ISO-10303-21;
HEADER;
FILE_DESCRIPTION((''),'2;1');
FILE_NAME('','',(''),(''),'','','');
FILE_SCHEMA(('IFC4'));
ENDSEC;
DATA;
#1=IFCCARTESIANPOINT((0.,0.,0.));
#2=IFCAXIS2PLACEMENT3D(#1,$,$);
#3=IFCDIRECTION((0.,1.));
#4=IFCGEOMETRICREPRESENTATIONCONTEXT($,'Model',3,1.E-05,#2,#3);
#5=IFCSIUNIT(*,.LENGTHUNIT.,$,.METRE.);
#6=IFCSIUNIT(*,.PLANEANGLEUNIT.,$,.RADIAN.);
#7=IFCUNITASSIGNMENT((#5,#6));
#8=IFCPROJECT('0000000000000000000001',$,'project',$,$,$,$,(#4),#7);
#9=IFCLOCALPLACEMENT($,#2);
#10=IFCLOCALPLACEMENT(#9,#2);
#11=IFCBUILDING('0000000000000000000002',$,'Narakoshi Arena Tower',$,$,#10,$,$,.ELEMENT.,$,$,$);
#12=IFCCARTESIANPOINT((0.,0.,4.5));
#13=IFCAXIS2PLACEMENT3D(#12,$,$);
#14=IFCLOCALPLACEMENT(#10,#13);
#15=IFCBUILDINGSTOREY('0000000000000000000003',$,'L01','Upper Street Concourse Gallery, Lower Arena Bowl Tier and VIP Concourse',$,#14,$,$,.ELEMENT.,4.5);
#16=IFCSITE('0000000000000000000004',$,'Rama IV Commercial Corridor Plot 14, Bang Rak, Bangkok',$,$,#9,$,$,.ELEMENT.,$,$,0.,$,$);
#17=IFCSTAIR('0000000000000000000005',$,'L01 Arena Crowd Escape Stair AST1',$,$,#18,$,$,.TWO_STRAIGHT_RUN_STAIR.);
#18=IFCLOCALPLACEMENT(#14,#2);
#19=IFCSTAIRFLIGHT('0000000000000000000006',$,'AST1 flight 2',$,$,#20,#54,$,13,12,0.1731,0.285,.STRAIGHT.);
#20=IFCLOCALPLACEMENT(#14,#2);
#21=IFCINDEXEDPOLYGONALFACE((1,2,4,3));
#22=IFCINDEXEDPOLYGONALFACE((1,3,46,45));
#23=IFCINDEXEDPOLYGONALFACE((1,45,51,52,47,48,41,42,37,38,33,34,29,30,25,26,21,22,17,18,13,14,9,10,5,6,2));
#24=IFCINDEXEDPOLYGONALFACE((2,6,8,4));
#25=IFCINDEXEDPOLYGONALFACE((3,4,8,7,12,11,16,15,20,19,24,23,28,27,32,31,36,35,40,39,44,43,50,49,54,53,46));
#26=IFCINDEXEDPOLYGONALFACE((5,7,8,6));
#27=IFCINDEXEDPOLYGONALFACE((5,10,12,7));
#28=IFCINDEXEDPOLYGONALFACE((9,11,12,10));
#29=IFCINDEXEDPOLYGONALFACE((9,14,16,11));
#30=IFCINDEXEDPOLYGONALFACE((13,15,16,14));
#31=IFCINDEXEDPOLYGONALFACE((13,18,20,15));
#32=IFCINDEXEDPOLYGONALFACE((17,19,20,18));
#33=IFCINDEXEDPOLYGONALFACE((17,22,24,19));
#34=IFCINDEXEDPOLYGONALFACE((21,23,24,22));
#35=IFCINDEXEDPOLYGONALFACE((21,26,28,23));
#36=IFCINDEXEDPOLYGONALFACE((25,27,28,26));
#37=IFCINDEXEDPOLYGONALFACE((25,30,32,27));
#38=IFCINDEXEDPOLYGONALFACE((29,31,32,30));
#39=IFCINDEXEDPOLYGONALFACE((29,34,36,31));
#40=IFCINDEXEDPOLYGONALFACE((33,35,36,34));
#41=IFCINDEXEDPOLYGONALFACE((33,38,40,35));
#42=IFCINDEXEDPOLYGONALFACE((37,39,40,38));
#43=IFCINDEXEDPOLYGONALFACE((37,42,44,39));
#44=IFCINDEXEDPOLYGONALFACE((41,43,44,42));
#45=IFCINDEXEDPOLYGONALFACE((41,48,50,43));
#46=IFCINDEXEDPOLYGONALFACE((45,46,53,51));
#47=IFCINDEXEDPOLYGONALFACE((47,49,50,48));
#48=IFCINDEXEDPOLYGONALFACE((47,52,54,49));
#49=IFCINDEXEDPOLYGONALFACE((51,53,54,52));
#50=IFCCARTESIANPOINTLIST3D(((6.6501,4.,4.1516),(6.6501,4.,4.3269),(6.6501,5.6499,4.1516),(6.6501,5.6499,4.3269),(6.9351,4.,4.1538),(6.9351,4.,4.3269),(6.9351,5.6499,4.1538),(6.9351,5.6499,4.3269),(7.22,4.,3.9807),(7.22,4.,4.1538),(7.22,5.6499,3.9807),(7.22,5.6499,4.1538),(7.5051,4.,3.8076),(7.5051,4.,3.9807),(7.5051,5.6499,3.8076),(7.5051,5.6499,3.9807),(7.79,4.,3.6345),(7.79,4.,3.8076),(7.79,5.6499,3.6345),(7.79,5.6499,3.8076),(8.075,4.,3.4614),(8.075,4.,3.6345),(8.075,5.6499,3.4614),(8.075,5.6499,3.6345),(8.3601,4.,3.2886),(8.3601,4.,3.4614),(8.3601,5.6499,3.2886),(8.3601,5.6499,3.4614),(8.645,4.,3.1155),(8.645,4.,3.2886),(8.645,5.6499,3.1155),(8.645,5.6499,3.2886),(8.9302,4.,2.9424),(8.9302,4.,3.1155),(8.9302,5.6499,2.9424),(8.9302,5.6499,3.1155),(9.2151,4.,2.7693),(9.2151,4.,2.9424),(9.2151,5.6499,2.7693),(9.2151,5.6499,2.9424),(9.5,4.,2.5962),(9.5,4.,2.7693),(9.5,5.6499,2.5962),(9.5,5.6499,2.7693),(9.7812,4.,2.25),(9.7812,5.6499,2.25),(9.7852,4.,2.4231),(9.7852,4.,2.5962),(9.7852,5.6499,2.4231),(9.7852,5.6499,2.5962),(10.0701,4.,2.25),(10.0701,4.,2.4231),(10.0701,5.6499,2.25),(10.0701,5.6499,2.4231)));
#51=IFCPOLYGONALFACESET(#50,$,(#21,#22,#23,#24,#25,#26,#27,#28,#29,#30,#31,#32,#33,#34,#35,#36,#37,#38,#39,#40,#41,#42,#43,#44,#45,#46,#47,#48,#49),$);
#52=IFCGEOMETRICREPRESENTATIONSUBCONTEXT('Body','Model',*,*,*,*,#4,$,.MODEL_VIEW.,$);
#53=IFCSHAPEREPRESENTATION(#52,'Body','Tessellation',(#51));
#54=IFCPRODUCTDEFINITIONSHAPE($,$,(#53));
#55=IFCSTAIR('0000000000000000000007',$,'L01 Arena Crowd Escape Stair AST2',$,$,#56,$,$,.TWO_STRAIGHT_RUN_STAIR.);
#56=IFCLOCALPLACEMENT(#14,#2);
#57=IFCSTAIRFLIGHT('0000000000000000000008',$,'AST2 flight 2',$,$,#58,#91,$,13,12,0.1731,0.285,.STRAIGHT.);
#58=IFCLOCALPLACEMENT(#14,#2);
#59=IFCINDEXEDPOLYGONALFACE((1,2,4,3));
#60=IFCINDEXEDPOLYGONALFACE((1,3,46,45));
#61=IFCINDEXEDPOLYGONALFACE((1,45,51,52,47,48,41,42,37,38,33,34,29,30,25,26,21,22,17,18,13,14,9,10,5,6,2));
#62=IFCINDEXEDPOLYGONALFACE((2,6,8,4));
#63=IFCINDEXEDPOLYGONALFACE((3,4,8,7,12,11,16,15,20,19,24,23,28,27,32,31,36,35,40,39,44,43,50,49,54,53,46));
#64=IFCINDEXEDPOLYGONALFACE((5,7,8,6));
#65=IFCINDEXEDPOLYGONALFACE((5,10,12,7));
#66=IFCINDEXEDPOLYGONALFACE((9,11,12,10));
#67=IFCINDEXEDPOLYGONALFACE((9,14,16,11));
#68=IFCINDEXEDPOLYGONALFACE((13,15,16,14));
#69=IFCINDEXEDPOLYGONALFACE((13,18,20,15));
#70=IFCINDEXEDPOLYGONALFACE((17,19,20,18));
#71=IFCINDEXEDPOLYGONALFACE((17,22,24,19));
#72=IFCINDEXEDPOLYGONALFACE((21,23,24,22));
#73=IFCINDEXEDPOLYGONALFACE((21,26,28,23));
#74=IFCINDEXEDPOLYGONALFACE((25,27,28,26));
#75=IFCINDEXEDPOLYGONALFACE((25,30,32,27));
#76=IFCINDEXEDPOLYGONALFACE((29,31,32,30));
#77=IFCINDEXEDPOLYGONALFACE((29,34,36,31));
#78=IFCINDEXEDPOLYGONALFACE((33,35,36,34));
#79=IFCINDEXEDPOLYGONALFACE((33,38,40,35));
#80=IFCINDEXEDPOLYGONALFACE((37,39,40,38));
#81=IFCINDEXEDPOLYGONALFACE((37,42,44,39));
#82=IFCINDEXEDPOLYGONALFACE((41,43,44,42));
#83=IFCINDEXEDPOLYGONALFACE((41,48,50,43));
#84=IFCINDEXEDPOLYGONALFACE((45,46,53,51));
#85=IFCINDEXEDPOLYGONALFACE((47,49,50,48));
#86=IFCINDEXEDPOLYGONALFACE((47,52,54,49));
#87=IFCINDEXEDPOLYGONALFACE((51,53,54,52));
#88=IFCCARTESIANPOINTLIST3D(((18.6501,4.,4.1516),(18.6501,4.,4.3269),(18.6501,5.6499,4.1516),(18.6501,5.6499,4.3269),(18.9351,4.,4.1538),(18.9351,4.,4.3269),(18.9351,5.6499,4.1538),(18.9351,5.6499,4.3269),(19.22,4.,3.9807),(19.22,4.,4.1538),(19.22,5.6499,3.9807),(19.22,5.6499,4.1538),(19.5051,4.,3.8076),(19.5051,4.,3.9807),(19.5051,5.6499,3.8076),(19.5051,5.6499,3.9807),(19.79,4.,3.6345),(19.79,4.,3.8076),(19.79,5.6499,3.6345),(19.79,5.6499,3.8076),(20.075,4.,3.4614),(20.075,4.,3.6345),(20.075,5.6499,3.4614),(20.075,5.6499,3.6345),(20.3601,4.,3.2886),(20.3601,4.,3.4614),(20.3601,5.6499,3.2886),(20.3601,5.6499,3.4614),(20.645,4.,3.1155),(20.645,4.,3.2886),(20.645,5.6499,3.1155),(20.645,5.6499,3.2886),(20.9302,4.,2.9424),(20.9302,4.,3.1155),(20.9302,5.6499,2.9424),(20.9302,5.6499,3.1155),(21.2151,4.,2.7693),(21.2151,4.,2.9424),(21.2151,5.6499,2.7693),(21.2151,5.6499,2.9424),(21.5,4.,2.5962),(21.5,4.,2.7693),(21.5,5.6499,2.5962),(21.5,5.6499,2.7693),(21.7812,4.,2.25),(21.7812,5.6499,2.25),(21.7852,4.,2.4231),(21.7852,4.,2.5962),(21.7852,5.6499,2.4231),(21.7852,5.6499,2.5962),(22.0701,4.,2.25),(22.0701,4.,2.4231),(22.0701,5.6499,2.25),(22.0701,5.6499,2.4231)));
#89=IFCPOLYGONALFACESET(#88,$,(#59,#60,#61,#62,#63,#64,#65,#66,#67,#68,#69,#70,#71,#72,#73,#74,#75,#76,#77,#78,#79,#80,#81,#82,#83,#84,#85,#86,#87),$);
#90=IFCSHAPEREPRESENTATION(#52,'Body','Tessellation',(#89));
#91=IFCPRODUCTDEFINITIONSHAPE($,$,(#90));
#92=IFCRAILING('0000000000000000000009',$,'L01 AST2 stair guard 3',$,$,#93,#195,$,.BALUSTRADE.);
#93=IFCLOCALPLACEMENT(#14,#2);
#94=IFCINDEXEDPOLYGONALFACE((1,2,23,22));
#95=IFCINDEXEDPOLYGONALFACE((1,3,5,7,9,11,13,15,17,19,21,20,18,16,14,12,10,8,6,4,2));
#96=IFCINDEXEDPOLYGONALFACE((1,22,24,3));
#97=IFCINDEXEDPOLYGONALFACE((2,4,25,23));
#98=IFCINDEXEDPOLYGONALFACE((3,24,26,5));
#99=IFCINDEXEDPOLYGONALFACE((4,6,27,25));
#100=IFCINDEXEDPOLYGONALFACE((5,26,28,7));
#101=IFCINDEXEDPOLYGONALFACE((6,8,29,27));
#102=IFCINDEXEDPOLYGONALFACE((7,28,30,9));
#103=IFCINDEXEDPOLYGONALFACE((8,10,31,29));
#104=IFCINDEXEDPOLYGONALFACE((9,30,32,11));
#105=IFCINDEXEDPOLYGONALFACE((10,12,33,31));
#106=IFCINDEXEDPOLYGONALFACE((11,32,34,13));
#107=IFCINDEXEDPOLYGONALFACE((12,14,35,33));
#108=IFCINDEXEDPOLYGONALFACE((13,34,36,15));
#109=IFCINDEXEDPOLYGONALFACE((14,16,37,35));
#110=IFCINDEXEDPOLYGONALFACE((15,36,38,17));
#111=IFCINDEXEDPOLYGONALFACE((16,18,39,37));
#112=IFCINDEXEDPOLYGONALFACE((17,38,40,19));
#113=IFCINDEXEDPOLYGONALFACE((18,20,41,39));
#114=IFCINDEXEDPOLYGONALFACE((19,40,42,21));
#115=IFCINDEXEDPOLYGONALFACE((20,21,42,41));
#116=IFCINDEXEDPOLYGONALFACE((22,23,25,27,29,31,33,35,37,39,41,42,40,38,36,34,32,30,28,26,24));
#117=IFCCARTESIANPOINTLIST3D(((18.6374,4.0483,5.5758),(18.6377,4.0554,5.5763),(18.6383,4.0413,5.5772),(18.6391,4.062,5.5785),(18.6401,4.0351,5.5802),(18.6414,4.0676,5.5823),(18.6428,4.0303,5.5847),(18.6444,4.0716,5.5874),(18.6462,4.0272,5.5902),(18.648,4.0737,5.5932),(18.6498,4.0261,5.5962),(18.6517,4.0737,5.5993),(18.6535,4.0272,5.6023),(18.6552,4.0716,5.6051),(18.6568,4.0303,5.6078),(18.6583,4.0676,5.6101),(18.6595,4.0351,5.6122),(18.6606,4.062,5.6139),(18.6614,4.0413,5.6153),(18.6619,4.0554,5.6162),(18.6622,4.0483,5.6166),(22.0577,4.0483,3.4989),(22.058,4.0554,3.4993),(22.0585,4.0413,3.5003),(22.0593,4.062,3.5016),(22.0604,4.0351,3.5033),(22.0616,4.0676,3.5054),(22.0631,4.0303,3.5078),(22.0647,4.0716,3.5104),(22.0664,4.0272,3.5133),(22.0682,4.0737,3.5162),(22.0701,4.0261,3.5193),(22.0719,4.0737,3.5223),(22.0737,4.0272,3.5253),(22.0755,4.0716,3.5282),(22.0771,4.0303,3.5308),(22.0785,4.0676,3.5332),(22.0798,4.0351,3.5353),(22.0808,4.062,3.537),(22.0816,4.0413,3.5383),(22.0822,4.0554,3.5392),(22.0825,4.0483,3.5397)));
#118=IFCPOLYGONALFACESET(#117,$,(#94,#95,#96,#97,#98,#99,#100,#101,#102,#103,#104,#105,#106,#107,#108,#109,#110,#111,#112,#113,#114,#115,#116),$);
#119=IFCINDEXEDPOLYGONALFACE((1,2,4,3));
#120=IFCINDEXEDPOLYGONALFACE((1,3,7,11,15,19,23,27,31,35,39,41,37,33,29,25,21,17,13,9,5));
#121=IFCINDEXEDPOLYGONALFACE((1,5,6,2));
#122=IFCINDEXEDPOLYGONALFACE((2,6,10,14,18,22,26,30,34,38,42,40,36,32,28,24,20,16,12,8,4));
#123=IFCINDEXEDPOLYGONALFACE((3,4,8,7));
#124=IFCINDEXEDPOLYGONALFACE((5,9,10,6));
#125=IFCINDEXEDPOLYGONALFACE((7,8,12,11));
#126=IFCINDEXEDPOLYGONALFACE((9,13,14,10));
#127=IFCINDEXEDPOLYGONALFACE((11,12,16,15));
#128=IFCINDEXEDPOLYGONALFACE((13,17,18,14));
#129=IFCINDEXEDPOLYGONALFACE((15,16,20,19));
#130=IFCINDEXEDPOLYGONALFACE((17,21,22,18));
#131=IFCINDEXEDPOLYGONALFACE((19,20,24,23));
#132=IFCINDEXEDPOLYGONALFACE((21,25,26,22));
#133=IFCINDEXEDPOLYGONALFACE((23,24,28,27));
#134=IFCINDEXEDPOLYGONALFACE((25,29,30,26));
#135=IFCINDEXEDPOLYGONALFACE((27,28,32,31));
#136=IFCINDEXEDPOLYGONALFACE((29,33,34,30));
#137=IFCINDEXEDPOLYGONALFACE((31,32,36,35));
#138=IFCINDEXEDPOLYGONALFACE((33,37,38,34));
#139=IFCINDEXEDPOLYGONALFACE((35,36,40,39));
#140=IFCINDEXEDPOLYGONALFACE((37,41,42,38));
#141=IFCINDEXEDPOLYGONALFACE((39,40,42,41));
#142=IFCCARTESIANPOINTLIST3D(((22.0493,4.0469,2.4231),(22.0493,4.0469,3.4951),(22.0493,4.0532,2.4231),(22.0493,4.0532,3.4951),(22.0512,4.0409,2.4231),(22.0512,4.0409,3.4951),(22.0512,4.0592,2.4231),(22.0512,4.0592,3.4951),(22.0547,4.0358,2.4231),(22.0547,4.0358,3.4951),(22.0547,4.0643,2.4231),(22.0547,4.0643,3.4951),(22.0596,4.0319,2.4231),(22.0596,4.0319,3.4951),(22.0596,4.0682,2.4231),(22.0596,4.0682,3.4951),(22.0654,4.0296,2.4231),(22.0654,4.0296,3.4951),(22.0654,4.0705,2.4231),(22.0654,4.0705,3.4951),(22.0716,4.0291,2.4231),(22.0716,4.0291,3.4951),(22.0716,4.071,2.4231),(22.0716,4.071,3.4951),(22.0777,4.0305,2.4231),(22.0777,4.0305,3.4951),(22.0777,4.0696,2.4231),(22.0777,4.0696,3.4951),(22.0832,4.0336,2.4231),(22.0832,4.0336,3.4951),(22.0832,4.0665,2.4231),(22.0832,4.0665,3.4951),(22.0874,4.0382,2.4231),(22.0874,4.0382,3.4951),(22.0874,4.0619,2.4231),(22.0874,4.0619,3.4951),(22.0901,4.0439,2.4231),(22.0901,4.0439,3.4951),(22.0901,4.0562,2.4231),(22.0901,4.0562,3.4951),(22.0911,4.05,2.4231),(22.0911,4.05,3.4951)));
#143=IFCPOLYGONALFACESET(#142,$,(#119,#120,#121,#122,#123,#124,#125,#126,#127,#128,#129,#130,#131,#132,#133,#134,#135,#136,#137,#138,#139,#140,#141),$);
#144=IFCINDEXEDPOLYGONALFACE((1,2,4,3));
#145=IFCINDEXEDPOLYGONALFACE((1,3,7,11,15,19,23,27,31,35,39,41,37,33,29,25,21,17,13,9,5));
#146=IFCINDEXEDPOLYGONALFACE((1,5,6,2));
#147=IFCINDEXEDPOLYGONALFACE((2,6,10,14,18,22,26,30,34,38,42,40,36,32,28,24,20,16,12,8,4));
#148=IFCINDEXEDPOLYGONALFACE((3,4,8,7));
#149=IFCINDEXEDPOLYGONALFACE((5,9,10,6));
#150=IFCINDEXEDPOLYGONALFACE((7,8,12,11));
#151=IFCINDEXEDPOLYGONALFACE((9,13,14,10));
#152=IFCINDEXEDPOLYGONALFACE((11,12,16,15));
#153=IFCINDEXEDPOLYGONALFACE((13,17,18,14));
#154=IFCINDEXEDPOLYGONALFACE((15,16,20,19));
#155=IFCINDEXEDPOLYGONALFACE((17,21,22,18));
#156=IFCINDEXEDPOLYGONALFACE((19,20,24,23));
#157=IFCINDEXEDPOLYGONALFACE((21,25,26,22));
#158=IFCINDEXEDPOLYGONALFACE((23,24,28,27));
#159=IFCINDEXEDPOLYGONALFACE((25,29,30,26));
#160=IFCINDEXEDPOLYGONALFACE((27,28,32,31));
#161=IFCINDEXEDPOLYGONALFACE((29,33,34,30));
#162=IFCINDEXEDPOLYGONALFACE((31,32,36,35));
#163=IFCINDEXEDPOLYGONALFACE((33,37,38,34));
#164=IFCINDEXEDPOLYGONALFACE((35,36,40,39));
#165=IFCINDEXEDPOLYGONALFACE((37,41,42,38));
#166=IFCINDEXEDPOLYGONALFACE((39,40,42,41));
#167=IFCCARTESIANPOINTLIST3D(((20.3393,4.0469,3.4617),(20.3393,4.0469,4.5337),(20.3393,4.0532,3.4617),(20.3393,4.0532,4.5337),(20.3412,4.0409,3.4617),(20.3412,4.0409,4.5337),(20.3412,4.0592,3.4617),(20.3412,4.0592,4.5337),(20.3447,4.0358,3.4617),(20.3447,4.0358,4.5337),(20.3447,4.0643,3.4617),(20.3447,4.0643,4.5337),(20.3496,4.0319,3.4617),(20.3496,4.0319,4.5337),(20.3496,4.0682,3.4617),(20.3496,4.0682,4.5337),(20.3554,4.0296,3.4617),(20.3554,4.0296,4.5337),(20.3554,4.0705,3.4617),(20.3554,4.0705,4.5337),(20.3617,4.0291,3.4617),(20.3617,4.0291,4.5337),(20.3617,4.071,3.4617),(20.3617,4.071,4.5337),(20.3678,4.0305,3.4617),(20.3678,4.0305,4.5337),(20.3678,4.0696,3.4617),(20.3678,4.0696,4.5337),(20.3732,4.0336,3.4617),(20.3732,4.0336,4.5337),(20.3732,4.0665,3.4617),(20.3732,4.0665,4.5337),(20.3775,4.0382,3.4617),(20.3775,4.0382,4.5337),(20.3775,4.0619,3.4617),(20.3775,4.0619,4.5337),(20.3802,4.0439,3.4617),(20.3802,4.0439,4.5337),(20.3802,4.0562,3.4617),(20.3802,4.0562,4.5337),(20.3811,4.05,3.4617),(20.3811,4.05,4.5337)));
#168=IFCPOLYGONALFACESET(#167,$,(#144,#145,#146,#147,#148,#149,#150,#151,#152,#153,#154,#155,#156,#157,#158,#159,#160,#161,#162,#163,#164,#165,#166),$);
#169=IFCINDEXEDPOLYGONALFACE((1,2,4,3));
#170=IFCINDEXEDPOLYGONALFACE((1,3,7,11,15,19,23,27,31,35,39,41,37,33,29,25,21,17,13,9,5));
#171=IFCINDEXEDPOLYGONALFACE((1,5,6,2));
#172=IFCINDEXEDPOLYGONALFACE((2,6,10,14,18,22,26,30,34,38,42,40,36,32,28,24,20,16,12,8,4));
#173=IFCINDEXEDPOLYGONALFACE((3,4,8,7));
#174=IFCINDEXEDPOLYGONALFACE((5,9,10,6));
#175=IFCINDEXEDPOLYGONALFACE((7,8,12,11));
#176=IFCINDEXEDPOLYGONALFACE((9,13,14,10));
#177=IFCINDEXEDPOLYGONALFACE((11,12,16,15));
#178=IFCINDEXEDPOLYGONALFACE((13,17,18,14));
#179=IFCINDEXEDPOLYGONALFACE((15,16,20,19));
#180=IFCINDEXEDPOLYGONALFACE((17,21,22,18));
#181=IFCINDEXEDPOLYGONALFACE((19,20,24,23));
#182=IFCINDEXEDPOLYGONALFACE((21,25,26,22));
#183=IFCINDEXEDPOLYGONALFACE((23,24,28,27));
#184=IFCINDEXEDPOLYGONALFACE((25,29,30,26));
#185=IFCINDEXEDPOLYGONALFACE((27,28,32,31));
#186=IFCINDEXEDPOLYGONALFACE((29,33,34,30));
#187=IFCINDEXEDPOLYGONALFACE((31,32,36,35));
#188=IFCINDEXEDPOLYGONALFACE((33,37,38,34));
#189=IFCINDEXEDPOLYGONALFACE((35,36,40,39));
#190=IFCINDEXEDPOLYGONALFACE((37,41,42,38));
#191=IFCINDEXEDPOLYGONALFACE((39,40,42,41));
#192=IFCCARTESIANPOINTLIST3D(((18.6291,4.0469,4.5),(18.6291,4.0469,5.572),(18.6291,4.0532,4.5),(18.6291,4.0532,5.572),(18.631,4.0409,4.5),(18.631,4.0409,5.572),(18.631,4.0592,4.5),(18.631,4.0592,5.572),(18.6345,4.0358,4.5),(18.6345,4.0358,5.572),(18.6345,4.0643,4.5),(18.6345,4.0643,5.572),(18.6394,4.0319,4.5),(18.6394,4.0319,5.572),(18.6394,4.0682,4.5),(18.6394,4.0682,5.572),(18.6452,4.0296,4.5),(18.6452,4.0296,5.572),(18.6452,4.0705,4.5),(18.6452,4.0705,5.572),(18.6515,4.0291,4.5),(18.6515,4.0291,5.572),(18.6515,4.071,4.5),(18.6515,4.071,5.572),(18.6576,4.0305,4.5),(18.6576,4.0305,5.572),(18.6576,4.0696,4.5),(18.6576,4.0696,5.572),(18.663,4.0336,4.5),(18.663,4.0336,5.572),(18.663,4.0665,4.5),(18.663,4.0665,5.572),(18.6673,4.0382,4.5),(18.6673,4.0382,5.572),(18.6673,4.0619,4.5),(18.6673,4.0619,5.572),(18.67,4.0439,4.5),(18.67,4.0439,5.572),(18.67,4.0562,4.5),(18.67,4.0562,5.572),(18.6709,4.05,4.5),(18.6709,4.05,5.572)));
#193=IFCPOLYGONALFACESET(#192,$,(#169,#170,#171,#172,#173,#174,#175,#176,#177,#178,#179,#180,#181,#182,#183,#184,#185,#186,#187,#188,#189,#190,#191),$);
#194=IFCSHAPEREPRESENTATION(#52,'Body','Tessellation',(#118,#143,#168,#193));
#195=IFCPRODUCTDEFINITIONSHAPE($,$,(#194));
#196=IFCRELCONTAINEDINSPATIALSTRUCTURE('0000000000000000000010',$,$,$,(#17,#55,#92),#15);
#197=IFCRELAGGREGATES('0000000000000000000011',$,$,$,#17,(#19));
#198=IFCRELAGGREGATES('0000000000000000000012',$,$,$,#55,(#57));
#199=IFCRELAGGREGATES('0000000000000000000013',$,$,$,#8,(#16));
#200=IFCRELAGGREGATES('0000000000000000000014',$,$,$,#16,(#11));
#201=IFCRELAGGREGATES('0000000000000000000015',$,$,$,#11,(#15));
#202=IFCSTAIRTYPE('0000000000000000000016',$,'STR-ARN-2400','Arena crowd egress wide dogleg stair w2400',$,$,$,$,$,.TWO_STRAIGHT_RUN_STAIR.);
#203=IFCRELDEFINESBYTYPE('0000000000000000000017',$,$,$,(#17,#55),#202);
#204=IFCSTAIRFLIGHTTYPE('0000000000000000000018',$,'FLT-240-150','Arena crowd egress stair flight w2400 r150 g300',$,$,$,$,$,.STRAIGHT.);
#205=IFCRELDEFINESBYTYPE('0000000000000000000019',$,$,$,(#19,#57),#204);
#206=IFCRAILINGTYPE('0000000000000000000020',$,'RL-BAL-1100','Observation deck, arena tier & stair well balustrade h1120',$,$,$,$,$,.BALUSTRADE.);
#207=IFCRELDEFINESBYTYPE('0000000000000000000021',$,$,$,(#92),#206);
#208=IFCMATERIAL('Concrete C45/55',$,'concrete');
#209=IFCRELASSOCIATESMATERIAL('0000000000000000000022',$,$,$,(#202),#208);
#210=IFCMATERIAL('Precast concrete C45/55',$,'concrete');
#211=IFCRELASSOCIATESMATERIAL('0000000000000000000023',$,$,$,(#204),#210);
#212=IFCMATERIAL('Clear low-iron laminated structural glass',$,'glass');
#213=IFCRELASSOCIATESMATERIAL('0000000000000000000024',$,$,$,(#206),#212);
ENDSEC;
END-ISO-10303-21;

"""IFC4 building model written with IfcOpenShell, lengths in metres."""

from ifc_helpers import new_model, si_unit, direction, frame, origin, origin_2d, place, context, subcontext, project, spatial, polyline, circle, outline, extrude, material, type_object, element, aggregate, save


model = new_model("IFC4")

# Units and contexts
model_context = context("Model", 3, precision=1e-05, world=origin(), true_north=direction((0.0, 1.0)))
body_context = subcontext(model_context, "Body", "Model", "MODEL_VIEW")
ifc_project = project(units=[si_unit("LENGTHUNIT", "METRE"), si_unit("PLANEANGLEUNIT", "RADIAN")], contexts=[model_context])

# Site, building, storey
site_placement = place(None, origin())
site = spatial("IfcSite", under=ifc_project, at=site_placement, Name="Rama IV Commercial Corridor Plot 14, Bang Rak, Bangkok", CompositionType="ELEMENT", RefElevation=0.0)
building_placement = place(site_placement, origin())
building = spatial("IfcBuilding", under=site, at=building_placement, Name="Narakoshi Arena Tower", CompositionType="ELEMENT")
storey_placement = place(building_placement, frame((0.0, 0.0, 4.5)))
storey = spatial("IfcBuildingStorey", under=building, at=storey_placement, Name="L01", Description="Upper Street Concourse Gallery, Lower Arena Bowl Tier and VIP Concourse", CompositionType="ELEMENT", Elevation=4.5)

# Stairs, stair flights
ifc_material_1 = material(Name="Concrete C45/55", Category="concrete")
stair_type = type_object("IfcStairType", Name="STR-ARN-2400", Description="Arena crowd egress wide dogleg stair w2400", PredefinedType="TWO_STRAIGHT_RUN_STAIR", material=ifc_material_1)
stair_1_placement = place(storey_placement, origin())
stair_1 = element("IfcStair", 1, at=stair_1_placement, inside=storey, type_object=stair_type, Name="L01 Arena Crowd Escape Stair AST1", PredefinedType="TWO_STRAIGHT_RUN_STAIR")
ifc_material_2 = material(Name="Precast concrete C45/55", Category="concrete")
stair_flight_type = type_object("IfcStairFlightType", Name="FLT-240-150", Description="Arena crowd egress stair flight w2400 r150 g300", PredefinedType="STRAIGHT", material=ifc_material_2)
stair_flight_1_placement = place(storey_placement, frame((10.0701, 4.825, 2.25), z_axis=(0.0, 0.0, 1.0), x_axis=(-1.0, 0.0, 0.0)))
stair_flight_1 = element("IfcStairFlight", 2, at=stair_flight_1_placement, type_object=stair_flight_type, Name="AST1 flight 2", NumberOfRisers=13, NumberOfTreads=12, PredefinedType="STRAIGHT", RiserHeight=0.1731, TreadLength=0.285, context=body_context, shape_type="SweptSolid", body=[
    extrude(outline(polyline([(0.0, 0.0), (0.0, 0.1731), (0.2849, 0.1731), (0.2849, 0.3462), (0.5701, 0.3462), (0.5701, 0.5193), (0.855, 0.5193), (0.855, 0.6924), (1.1399, 0.6924), (1.1399, 0.8655), (1.425, 0.8655), (1.425, 1.0386), (1.71, 1.0386), (1.71, 1.2114), (1.9951, 1.2114), (1.9951, 1.3845), (2.28, 1.3845), (2.28, 1.5576), (2.5649, 1.5576), (2.5649, 1.7307), (2.8501, 1.7307), (2.8501, 1.9038), (3.135, 1.9038), (3.135, 2.0769), (3.4199, 2.0769), (3.4199, 2.25), (3.4199, 1.9016), (0.2888, 0.0), (0.0, 0.0)])), frame((0.0, 0.825, 0.0), z_axis=(0.0, -1.0, 0.0), x_axis=(1.0, 0.0, 0.0)), (0.0, 0.0, 1.0), 1.6499),
])
aggregate(stair_1, [stair_flight_1])
stair_2_placement = place(storey_placement, origin())
stair_2 = element("IfcStair", 3, at=stair_2_placement, inside=storey, type_object=stair_type, Name="L01 Arena Crowd Escape Stair AST2", PredefinedType="TWO_STRAIGHT_RUN_STAIR")
stair_flight_2_placement = place(storey_placement, frame((22.0701, 4.825, 2.25), z_axis=(0.0, 0.0, 1.0), x_axis=(-1.0, 0.0, 0.0)))
stair_flight_2 = element("IfcStairFlight", 4, at=stair_flight_2_placement, type_object=stair_flight_type, Name="AST2 flight 2", NumberOfRisers=13, NumberOfTreads=12, PredefinedType="STRAIGHT", RiserHeight=0.1731, TreadLength=0.285, context=body_context, shape_type="SweptSolid", body=[
    extrude(outline(polyline([(0.0, 0.0), (0.0, 0.1731), (0.2849, 0.1731), (0.2849, 0.3462), (0.5701, 0.3462), (0.5701, 0.5193), (0.855, 0.5193), (0.855, 0.6924), (1.1399, 0.6924), (1.1399, 0.8655), (1.425, 0.8655), (1.425, 1.0386), (1.71, 1.0386), (1.71, 1.2114), (1.9951, 1.2114), (1.9951, 1.3845), (2.28, 1.3845), (2.28, 1.5576), (2.5649, 1.5576), (2.5649, 1.7307), (2.8501, 1.7307), (2.8501, 1.9038), (3.135, 1.9038), (3.135, 2.0769), (3.4199, 2.0769), (3.4199, 2.25), (3.4199, 1.9016), (0.2888, 0.0), (0.0, 0.0)])), frame((0.0, 0.825, 0.0), z_axis=(0.0, -1.0, 0.0), x_axis=(1.0, 0.0, 0.0)), (0.0, 0.0, 1.0), 1.6499),
])
aggregate(stair_2, [stair_flight_2])

# Railing
ifc_material_3 = material(Name="Clear low-iron laminated structural glass", Category="glass")
railing_type_1 = type_object("IfcRailingType", Name="RL-BAL-1100", Description="Observation deck, arena tier & stair well balustrade h1120", PredefinedType="BALUSTRADE", material=ifc_material_3)
railing_placement = place(storey_placement, frame((22.0701, 4.05, 2.4231)))
element("IfcRailing", 5, at=railing_placement, inside=storey, type_object=railing_type_1, Name="L01 AST2 stair guard 3", PredefinedType="BALUSTRADE", context=body_context, shape_type="SweptSolid", body=[
    extrude(circle(Radius=0.0239, at=origin_2d()), frame((0.0, 0.0, 1.0962), z_axis=(-0.854746, 0.0, 0.519047), x_axis=(0.0, -1.0, 0.0)), (0.0, 0.0, 1.0), 4.0015),
    extrude(circle(Radius=0.021, at=origin_2d()), origin(), (0.0, 0.0, 1.0), 1.072),
    extrude(circle(Radius=0.021, at=origin_2d()), frame((-1.71, 0.0, 1.0386)), (0.0, 0.0, 1.0), 1.072),
    extrude(circle(Radius=0.021, at=origin_2d()), frame((-3.4202, 0.0, 2.0769)), (0.0, 0.0, 1.0), 1.072),
])

save(model, "model.ifc")
